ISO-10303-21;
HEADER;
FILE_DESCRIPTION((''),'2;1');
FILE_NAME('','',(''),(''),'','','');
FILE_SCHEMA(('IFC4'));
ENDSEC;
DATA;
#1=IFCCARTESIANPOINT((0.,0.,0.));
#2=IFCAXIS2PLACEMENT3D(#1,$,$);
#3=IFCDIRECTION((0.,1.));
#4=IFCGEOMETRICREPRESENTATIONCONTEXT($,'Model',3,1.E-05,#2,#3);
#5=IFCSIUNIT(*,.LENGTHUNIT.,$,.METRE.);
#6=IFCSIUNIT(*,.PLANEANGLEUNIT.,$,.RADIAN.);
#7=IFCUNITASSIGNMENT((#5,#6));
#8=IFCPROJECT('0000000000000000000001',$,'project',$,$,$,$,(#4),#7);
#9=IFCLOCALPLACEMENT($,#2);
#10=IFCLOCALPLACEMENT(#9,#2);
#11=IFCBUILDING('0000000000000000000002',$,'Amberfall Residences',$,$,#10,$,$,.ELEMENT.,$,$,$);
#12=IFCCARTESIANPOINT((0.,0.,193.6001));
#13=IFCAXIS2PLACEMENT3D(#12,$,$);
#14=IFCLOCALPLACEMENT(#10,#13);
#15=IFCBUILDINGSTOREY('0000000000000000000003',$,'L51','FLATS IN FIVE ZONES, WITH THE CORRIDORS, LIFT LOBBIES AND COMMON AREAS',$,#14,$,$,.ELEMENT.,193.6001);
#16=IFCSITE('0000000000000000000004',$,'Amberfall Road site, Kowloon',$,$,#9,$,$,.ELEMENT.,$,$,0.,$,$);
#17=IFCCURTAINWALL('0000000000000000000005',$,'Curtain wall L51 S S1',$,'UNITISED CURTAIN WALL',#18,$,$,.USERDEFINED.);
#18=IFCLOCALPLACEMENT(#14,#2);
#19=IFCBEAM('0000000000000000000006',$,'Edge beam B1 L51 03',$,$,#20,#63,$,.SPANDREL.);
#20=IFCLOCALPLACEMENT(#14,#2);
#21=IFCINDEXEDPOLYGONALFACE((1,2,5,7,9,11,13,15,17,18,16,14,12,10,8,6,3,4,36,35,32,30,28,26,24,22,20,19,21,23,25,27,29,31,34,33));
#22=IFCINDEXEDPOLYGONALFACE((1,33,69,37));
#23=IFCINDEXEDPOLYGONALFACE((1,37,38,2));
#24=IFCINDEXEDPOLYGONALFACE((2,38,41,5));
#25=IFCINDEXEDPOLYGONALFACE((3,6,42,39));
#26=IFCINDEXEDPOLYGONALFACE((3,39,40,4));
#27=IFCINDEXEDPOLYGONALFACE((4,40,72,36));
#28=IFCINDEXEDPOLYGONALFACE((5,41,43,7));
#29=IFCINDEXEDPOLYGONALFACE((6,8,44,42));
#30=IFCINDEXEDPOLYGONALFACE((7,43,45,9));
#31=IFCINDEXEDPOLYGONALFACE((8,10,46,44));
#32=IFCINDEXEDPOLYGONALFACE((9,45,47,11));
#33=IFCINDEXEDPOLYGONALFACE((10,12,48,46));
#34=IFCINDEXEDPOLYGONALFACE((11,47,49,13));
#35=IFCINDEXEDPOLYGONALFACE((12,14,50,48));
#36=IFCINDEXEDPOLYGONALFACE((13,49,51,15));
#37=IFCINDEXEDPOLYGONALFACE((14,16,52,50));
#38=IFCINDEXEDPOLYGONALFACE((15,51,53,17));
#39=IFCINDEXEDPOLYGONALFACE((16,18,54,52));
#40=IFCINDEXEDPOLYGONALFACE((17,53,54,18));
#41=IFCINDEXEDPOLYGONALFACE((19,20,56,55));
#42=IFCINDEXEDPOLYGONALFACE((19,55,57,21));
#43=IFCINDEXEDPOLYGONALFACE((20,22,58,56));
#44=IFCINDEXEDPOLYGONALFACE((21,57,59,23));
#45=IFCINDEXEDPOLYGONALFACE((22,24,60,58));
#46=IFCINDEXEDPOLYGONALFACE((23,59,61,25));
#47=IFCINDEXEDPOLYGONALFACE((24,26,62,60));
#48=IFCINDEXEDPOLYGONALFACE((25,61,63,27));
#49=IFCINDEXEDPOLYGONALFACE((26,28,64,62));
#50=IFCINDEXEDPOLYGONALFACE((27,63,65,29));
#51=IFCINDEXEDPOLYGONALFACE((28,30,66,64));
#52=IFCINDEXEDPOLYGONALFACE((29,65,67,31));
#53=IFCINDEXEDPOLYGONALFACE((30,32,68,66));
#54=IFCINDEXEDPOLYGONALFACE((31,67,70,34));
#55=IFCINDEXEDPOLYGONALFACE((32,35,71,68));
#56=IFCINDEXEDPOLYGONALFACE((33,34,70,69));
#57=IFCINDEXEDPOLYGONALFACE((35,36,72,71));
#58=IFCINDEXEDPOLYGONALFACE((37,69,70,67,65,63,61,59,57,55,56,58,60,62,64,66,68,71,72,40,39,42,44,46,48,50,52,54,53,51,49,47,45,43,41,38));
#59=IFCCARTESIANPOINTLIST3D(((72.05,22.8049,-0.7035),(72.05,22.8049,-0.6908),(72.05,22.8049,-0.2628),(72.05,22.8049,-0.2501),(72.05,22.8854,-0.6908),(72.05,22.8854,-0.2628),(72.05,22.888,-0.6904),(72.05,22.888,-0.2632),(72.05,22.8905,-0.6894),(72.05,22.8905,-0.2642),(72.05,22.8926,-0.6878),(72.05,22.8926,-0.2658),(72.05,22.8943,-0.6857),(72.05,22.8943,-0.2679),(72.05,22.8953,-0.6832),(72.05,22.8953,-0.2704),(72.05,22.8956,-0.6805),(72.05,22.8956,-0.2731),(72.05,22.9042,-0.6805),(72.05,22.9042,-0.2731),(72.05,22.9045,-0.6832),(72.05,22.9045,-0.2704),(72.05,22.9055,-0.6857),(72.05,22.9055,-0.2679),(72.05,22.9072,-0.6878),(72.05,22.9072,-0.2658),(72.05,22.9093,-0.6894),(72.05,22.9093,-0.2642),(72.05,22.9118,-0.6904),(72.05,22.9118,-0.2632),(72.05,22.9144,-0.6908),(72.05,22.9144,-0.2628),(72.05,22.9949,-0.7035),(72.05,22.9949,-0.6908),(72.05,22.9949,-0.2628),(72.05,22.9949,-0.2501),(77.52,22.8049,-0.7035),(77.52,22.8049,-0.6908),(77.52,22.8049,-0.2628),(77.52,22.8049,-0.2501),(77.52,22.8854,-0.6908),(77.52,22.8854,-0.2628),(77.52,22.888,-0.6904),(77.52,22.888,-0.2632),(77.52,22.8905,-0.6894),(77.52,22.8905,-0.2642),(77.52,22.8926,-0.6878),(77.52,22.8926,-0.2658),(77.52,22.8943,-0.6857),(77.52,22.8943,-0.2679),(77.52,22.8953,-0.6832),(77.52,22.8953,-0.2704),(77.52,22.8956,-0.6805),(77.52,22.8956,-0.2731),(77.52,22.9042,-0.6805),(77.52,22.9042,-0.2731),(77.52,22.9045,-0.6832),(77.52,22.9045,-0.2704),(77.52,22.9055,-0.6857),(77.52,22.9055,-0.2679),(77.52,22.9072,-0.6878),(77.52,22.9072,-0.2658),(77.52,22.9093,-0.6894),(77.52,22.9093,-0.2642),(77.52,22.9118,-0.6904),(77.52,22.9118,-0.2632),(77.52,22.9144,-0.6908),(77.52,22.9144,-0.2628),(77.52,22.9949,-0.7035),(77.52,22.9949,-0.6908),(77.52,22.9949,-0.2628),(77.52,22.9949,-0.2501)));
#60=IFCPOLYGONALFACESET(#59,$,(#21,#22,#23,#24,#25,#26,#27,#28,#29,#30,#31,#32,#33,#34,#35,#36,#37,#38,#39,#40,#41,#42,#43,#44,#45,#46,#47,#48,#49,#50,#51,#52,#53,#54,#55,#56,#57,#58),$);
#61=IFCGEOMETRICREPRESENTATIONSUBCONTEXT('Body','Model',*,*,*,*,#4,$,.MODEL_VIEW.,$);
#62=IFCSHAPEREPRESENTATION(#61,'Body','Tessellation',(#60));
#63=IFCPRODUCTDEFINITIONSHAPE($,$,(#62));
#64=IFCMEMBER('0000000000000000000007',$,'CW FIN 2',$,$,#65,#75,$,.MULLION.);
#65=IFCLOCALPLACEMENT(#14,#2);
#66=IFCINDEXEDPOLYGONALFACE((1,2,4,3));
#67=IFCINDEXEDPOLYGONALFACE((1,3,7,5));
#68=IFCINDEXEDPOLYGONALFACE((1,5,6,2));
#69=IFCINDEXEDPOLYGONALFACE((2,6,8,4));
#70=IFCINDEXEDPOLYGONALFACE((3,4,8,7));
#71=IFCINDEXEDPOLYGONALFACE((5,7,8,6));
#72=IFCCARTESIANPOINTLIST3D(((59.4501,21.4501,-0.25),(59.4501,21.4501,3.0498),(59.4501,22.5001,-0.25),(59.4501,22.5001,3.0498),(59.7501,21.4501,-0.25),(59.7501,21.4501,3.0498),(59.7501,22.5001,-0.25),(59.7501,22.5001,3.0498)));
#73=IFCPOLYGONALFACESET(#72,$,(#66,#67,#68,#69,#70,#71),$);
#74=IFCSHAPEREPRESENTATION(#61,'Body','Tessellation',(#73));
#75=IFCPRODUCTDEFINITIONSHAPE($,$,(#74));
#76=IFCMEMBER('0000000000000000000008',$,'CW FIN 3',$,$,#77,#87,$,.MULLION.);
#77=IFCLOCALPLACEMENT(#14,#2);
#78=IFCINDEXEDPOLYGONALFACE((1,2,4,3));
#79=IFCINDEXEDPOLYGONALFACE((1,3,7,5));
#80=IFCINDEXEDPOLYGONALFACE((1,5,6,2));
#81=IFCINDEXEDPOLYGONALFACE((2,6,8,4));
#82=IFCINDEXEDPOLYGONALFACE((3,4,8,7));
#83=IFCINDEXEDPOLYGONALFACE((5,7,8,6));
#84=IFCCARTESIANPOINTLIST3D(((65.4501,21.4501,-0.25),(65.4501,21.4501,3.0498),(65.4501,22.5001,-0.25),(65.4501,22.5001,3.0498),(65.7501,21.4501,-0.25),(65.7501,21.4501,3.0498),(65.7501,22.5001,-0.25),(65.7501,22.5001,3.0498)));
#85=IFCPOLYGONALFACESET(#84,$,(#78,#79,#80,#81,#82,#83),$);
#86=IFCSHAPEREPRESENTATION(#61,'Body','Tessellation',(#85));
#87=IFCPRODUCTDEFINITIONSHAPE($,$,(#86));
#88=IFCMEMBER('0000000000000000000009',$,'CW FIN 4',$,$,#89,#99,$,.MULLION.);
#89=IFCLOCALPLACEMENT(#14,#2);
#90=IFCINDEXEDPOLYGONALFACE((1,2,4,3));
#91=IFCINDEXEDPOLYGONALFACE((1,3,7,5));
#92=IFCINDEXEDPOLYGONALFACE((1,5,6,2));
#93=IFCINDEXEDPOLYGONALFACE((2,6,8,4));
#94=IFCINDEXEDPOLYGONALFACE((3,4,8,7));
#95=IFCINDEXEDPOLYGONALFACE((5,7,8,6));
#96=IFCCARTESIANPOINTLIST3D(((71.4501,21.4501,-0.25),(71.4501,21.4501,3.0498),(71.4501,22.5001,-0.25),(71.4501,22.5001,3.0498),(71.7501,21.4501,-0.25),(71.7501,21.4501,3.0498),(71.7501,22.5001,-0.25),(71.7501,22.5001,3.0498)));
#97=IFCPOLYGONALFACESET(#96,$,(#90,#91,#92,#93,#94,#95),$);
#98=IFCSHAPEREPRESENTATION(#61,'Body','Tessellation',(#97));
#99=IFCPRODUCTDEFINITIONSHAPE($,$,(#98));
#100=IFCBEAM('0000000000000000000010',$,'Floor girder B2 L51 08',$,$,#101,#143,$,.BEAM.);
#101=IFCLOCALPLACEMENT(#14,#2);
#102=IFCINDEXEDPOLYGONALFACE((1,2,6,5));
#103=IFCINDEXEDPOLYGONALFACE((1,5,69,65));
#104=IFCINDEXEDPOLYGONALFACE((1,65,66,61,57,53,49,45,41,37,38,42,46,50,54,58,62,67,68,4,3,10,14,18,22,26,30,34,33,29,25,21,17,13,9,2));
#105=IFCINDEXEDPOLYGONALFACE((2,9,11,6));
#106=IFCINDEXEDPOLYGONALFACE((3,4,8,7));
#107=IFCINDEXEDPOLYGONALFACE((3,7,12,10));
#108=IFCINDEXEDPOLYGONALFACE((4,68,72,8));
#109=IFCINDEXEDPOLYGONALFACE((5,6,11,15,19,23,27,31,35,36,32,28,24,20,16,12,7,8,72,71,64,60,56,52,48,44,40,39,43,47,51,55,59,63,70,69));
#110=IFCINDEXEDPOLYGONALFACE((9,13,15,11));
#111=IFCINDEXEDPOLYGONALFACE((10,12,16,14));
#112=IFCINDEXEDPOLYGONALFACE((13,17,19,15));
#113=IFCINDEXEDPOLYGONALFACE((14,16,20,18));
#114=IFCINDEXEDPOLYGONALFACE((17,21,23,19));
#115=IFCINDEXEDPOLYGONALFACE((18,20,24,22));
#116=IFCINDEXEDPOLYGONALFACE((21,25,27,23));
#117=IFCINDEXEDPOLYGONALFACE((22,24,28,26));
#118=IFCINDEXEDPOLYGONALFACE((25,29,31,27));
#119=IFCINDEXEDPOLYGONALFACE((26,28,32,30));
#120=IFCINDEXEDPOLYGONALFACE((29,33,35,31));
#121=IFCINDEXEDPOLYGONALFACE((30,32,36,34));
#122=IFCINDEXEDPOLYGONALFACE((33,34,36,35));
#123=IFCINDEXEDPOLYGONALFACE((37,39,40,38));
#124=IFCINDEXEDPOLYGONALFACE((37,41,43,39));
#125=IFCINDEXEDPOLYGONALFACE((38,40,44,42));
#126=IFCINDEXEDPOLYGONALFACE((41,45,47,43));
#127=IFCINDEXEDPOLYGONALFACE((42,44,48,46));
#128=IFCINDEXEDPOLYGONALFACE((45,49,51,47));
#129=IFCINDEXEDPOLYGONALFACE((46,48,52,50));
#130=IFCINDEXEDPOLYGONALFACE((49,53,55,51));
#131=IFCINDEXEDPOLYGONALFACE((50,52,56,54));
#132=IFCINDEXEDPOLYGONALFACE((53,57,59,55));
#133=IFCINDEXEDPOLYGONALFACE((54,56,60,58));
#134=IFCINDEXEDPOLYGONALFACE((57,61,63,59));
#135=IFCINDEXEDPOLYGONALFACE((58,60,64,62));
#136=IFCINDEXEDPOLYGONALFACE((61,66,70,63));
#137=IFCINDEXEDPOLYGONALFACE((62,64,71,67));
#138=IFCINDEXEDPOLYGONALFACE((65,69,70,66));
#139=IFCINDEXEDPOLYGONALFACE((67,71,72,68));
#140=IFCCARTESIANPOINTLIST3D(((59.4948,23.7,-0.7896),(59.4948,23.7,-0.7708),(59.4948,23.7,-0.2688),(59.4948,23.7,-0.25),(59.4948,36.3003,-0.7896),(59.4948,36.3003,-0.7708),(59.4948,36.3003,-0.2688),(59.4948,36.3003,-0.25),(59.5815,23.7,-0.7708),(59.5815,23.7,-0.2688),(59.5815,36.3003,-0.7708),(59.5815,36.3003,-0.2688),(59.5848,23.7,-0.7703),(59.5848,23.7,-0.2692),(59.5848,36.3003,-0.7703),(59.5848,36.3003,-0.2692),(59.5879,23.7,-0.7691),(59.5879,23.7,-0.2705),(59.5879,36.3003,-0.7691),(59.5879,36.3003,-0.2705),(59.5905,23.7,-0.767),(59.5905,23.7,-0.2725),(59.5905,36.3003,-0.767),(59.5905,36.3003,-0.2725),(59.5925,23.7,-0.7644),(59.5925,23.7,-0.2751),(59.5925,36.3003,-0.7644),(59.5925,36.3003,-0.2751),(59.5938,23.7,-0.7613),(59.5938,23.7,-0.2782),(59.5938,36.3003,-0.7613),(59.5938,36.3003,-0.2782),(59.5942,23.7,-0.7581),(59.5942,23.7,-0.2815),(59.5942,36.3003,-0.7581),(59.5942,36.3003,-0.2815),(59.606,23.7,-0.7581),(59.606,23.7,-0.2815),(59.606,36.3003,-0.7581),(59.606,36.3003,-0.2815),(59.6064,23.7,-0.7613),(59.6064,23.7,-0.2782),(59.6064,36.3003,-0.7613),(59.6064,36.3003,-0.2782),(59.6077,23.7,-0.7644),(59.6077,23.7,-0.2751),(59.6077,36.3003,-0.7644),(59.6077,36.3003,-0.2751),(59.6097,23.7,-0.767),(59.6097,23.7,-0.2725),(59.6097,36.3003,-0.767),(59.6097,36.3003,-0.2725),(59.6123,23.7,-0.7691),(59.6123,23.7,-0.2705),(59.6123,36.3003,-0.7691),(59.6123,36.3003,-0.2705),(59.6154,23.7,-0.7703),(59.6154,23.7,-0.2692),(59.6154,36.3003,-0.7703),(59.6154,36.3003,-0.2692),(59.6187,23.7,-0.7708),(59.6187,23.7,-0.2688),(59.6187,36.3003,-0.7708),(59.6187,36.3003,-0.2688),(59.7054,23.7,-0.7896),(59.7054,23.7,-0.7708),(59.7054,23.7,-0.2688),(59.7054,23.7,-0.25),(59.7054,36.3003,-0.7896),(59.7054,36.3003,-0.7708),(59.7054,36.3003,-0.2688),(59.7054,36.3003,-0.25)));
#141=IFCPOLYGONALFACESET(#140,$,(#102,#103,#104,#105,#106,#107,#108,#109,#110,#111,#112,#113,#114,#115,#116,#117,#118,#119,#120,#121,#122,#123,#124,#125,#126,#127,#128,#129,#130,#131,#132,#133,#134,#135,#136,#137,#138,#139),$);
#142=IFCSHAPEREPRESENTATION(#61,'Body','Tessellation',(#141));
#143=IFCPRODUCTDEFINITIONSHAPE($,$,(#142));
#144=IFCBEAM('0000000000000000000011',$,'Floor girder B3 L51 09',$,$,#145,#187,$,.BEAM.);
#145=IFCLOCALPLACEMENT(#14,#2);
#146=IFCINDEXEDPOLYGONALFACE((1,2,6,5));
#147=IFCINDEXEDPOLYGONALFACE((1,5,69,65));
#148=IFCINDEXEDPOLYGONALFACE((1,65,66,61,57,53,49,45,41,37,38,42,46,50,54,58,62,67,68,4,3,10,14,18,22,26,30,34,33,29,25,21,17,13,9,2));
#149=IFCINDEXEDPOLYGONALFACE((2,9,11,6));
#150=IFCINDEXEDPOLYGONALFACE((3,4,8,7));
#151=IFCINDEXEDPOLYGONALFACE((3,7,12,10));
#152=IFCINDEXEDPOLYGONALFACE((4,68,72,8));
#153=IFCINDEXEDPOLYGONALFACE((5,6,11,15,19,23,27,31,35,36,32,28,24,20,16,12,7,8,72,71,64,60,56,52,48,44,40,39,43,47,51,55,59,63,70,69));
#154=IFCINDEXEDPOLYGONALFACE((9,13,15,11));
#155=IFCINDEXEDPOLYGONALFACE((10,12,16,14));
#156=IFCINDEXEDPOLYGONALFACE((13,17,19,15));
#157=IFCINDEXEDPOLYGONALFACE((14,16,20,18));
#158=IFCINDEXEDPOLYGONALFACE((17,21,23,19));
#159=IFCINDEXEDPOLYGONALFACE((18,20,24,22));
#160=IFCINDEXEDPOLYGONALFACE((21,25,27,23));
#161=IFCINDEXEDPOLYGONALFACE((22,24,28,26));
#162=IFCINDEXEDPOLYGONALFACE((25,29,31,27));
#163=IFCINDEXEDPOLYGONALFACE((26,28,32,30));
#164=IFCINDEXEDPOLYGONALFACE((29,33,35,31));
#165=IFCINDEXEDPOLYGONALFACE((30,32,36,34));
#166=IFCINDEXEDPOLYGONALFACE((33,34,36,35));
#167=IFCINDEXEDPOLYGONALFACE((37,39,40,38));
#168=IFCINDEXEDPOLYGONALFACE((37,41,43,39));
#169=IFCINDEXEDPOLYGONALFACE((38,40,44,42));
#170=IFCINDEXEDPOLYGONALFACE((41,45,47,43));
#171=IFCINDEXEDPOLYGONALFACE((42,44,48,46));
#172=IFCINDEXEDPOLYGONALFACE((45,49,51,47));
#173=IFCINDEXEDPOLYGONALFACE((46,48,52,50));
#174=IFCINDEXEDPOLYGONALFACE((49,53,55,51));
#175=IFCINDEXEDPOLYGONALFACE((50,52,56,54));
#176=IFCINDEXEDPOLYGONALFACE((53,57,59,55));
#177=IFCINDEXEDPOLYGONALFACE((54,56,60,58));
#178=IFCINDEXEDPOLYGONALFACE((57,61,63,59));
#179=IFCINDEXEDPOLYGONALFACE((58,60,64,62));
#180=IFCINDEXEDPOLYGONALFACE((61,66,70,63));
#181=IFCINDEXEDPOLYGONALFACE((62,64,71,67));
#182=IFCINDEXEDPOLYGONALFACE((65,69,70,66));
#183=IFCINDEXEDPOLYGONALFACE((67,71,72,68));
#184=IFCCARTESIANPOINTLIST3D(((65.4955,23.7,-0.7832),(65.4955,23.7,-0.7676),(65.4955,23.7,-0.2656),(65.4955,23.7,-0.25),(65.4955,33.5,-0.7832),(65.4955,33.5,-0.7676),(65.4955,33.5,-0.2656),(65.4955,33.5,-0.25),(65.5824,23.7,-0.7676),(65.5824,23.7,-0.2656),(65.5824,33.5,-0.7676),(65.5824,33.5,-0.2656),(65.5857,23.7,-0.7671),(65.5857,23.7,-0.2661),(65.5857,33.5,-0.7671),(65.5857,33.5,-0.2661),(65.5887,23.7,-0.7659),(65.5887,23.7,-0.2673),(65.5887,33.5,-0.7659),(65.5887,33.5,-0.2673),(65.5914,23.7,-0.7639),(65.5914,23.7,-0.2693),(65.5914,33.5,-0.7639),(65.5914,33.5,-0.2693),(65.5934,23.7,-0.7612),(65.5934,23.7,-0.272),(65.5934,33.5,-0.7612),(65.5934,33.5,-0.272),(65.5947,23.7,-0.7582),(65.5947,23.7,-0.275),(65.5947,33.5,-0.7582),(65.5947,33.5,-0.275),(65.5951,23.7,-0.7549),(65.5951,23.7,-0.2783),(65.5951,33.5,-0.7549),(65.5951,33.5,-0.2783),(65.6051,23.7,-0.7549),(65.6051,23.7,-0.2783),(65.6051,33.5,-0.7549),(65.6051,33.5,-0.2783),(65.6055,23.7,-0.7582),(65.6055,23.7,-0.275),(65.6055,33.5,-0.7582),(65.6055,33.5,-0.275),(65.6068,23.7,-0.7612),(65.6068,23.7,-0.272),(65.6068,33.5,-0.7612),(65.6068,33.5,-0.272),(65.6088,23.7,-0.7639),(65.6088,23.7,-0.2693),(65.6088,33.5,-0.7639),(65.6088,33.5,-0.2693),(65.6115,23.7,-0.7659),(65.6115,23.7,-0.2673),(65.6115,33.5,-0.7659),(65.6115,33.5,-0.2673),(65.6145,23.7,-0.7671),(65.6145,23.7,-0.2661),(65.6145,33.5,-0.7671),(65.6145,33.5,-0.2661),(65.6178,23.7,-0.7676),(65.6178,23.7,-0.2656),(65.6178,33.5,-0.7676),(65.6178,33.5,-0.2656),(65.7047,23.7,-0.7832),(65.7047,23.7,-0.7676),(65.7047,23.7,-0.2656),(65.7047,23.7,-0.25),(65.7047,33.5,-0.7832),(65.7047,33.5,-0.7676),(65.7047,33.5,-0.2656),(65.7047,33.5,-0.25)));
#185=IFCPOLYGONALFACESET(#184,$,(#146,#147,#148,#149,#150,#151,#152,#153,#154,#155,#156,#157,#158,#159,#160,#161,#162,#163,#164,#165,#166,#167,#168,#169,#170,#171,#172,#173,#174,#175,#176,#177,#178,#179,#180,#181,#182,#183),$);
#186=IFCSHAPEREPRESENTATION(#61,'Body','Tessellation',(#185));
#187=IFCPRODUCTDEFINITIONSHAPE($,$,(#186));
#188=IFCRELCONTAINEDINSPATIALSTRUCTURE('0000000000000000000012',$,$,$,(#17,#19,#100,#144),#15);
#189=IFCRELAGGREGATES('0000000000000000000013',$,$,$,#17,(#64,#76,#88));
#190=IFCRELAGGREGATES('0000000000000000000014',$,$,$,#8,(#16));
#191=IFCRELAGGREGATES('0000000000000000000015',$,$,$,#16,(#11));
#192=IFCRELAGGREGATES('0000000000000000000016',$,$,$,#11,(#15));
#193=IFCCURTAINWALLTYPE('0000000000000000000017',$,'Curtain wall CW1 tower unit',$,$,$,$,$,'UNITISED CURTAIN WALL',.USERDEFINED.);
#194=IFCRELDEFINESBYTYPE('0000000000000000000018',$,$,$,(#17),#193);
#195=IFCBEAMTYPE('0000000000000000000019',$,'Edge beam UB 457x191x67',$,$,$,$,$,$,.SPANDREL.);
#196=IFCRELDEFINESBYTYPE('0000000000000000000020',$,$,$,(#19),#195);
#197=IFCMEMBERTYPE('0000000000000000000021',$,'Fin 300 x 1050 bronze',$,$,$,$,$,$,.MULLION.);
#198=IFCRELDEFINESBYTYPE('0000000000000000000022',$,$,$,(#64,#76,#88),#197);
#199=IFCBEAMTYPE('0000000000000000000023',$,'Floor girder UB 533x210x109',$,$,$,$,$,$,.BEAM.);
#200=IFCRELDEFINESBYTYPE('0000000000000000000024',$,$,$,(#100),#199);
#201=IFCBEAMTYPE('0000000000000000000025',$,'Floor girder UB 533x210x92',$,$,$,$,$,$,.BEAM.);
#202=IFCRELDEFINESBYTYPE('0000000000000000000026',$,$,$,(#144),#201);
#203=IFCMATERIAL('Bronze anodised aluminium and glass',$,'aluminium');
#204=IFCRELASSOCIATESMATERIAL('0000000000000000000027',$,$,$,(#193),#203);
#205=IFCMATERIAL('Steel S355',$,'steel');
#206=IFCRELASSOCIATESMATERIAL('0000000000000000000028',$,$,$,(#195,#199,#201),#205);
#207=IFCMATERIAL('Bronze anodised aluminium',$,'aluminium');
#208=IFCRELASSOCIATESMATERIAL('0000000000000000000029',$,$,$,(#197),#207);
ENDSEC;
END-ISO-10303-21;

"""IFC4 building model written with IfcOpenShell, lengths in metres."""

from ifc_helpers import new_model, si_unit, direction, frame, origin, origin_2d, place, context, subcontext, project, spatial, rectangle, i_section, extrude, material, material_profile, profile_set, type_object, element, aggregate, save


model = new_model("IFC4")

# Units and contexts
model_context = context("Model", 3, precision=1e-05, world=origin(), true_north=direction((0.0, 1.0)))
body_context = subcontext(model_context, "Body", "Model", "MODEL_VIEW")
ifc_project = project(units=[si_unit("LENGTHUNIT", "METRE"), si_unit("PLANEANGLEUNIT", "RADIAN")], contexts=[model_context])

# Site, building, storey
site_placement = place(None, origin())
site = spatial("IfcSite", under=ifc_project, at=site_placement, Name="Amberfall Road site, Kowloon", CompositionType="ELEMENT", RefElevation=0.0)
building_placement = place(site_placement, origin())
building = spatial("IfcBuilding", under=site, at=building_placement, Name="Amberfall Residences", CompositionType="ELEMENT")
storey_placement = place(building_placement, frame((0.0, 0.0, 193.6001)))
storey = spatial("IfcBuildingStorey", under=building, at=storey_placement, Name="L51", Description="FLATS IN FIVE ZONES, WITH THE CORRIDORS, LIFT LOBBIES AND COMMON AREAS", CompositionType="ELEMENT", Elevation=193.6001)

# Curtain wall
ifc_material_1 = material(Name="Bronze anodised aluminium and glass", Category="aluminium")
curtain_wall_type = type_object("IfcCurtainWallType", Name="Curtain wall CW1 tower unit", ElementType="UNITISED CURTAIN WALL", PredefinedType="USERDEFINED", material=ifc_material_1)
curtain_wall_placement = place(storey_placement, origin())
curtain_wall = element("IfcCurtainWall", 1, at=curtain_wall_placement, inside=storey, type_object=curtain_wall_type, Name="Curtain wall L51 S S1", ObjectType="UNITISED CURTAIN WALL", PredefinedType="USERDEFINED")
ifc_material_2 = material(Name="Bronze anodised aluminium", Category="aluminium")

# Beam
ifc_material_3 = material(Name="Steel S355", Category="steel")
ifc_material_profile_1 = material_profile(ifc_material_3, i_section(OverallWidth=0.1899, OverallDepth=0.4534, WebThickness=0.0085, FlangeThickness=0.0127, FilletRadius=0.0103, at=origin_2d()), Name="UB 457x191x67")
ifc_profile_set_1 = profile_set([ifc_material_profile_1], Name="Steel S355")
beam_type_1 = type_object("IfcBeamType", Name="Edge beam UB 457x191x67", PredefinedType="SPANDREL", material=ifc_profile_set_1)
beam_1_placement = place(storey_placement, frame((72.05, 22.8999, -0.4768), z_axis=(1.0, 0.0, 0.0), x_axis=(0.0, 1.0, 0.0)))
element("IfcBeam", 2, at=beam_1_placement, inside=storey, type_object=beam_type_1, Name="Edge beam B1 L51 03", PredefinedType="SPANDREL", context=body_context, shape_type="SweptSolid", body=[
    extrude(i_section(OverallWidth=0.1899, OverallDepth=0.4534, WebThickness=0.0085, FlangeThickness=0.0127, FilletRadius=0.0103, at=origin_2d()), origin(), (0.0, 0.0, 1.0), 5.47),
])

# Members
ifc_material_profile_2 = material_profile(ifc_material_2, rectangle(XDim=1.05, YDim=0.3, at=origin_2d()), Name="Fin 300 x 1050 bronze")
ifc_profile_set_2 = profile_set([ifc_material_profile_2], Name="Bronze anodised aluminium")
member_type_1 = type_object("IfcMemberType", Name="Fin 300 x 1050 bronze", PredefinedType="MULLION", material=ifc_profile_set_2)
member_1_placement = place(storey_placement, frame((59.6001, 21.9751, -0.25), z_axis=(0.0, 0.0, 1.0), x_axis=(0.0, 1.0, 0.0)))
member_1 = element("IfcMember", 3, at=member_1_placement, type_object=member_type_1, Name="CW FIN 2", PredefinedType="MULLION", context=body_context, shape_type="SweptSolid", body=[
    extrude(rectangle(XDim=1.05, YDim=0.3, at=origin_2d()), origin(), (0.0, 0.0, 1.0), 3.2998),
])
member_2_placement = place(storey_placement, frame((65.6001, 21.9751, -0.25), z_axis=(0.0, 0.0, 1.0), x_axis=(0.0, 1.0, 0.0)))
member_2 = element("IfcMember", 4, at=member_2_placement, type_object=member_type_1, Name="CW FIN 3", PredefinedType="MULLION", context=body_context, shape_type="SweptSolid", body=[
    extrude(rectangle(XDim=1.05, YDim=0.3, at=origin_2d()), origin(), (0.0, 0.0, 1.0), 3.2998),
])
member_3_placement = place(storey_placement, frame((71.6001, 21.9751, -0.25), z_axis=(0.0, 0.0, 1.0), x_axis=(0.0, 1.0, 0.0)))
member_3 = element("IfcMember", 5, at=member_3_placement, type_object=member_type_1, Name="CW FIN 4", PredefinedType="MULLION", context=body_context, shape_type="SweptSolid", body=[
    extrude(rectangle(XDim=1.05, YDim=0.3, at=origin_2d()), origin(), (0.0, 0.0, 1.0), 3.2998),
])

# Beams
ifc_material_profile_3 = material_profile(ifc_material_3, i_section(OverallWidth=0.2107, OverallDepth=0.5396, WebThickness=0.0117, FlangeThickness=0.0188, FilletRadius=0.0127, at=origin_2d()), Name="UB 533x210x109")
ifc_profile_set_3 = profile_set([ifc_material_profile_3], Name="Steel S355")
beam_type_2 = type_object("IfcBeamType", Name="Floor girder UB 533x210x109", PredefinedType="BEAM", material=ifc_profile_set_3)
beam_2_placement = place(storey_placement, frame((59.6001, 23.7, -0.5198), z_axis=(0.0, 1.0, 0.0), x_axis=(-1.0, 0.0, 0.0)))
element("IfcBeam", 6, at=beam_2_placement, inside=storey, type_object=beam_type_2, Name="Floor girder B2 L51 08", PredefinedType="BEAM", context=body_context, shape_type="SweptSolid", body=[
    extrude(i_section(OverallWidth=0.2107, OverallDepth=0.5396, WebThickness=0.0117, FlangeThickness=0.0188, FilletRadius=0.0127, at=origin_2d()), origin(), (0.0, 0.0, 1.0), 12.6003),
])
ifc_material_profile_4 = material_profile(ifc_material_3, i_section(OverallWidth=0.2092, OverallDepth=0.5332, WebThickness=0.01, FlangeThickness=0.0156, FilletRadius=0.0127, at=origin_2d()), Name="UB 533x210x92")
ifc_profile_set_4 = profile_set([ifc_material_profile_4], Name="Steel S355")
beam_type_3 = type_object("IfcBeamType", Name="Floor girder UB 533x210x92", PredefinedType="BEAM", material=ifc_profile_set_4)
for number, where, z_axis, x_axis, name in (
    (7, (65.6001, 23.7, -0.5166), (0.0, 1.0, 0.0), (-1.0, 0.0, 0.0), "Floor girder B3 L51 09"),
):
    element("IfcBeam", number, at=place(storey_placement, frame(where, z_axis=z_axis, x_axis=x_axis)), inside=storey, type_object=beam_type_3, Name=name, PredefinedType="BEAM", context=body_context, shape_type="SweptSolid", body=[
        extrude(i_section(OverallWidth=0.2092, OverallDepth=0.5332, WebThickness=0.01, FlangeThickness=0.0156, FilletRadius=0.0127, at=origin_2d()), origin(), (0.0, 0.0, 1.0), 9.8),
    ])

aggregate(curtain_wall, [member_1, member_2, member_3])

save(model, "model.ifc")
